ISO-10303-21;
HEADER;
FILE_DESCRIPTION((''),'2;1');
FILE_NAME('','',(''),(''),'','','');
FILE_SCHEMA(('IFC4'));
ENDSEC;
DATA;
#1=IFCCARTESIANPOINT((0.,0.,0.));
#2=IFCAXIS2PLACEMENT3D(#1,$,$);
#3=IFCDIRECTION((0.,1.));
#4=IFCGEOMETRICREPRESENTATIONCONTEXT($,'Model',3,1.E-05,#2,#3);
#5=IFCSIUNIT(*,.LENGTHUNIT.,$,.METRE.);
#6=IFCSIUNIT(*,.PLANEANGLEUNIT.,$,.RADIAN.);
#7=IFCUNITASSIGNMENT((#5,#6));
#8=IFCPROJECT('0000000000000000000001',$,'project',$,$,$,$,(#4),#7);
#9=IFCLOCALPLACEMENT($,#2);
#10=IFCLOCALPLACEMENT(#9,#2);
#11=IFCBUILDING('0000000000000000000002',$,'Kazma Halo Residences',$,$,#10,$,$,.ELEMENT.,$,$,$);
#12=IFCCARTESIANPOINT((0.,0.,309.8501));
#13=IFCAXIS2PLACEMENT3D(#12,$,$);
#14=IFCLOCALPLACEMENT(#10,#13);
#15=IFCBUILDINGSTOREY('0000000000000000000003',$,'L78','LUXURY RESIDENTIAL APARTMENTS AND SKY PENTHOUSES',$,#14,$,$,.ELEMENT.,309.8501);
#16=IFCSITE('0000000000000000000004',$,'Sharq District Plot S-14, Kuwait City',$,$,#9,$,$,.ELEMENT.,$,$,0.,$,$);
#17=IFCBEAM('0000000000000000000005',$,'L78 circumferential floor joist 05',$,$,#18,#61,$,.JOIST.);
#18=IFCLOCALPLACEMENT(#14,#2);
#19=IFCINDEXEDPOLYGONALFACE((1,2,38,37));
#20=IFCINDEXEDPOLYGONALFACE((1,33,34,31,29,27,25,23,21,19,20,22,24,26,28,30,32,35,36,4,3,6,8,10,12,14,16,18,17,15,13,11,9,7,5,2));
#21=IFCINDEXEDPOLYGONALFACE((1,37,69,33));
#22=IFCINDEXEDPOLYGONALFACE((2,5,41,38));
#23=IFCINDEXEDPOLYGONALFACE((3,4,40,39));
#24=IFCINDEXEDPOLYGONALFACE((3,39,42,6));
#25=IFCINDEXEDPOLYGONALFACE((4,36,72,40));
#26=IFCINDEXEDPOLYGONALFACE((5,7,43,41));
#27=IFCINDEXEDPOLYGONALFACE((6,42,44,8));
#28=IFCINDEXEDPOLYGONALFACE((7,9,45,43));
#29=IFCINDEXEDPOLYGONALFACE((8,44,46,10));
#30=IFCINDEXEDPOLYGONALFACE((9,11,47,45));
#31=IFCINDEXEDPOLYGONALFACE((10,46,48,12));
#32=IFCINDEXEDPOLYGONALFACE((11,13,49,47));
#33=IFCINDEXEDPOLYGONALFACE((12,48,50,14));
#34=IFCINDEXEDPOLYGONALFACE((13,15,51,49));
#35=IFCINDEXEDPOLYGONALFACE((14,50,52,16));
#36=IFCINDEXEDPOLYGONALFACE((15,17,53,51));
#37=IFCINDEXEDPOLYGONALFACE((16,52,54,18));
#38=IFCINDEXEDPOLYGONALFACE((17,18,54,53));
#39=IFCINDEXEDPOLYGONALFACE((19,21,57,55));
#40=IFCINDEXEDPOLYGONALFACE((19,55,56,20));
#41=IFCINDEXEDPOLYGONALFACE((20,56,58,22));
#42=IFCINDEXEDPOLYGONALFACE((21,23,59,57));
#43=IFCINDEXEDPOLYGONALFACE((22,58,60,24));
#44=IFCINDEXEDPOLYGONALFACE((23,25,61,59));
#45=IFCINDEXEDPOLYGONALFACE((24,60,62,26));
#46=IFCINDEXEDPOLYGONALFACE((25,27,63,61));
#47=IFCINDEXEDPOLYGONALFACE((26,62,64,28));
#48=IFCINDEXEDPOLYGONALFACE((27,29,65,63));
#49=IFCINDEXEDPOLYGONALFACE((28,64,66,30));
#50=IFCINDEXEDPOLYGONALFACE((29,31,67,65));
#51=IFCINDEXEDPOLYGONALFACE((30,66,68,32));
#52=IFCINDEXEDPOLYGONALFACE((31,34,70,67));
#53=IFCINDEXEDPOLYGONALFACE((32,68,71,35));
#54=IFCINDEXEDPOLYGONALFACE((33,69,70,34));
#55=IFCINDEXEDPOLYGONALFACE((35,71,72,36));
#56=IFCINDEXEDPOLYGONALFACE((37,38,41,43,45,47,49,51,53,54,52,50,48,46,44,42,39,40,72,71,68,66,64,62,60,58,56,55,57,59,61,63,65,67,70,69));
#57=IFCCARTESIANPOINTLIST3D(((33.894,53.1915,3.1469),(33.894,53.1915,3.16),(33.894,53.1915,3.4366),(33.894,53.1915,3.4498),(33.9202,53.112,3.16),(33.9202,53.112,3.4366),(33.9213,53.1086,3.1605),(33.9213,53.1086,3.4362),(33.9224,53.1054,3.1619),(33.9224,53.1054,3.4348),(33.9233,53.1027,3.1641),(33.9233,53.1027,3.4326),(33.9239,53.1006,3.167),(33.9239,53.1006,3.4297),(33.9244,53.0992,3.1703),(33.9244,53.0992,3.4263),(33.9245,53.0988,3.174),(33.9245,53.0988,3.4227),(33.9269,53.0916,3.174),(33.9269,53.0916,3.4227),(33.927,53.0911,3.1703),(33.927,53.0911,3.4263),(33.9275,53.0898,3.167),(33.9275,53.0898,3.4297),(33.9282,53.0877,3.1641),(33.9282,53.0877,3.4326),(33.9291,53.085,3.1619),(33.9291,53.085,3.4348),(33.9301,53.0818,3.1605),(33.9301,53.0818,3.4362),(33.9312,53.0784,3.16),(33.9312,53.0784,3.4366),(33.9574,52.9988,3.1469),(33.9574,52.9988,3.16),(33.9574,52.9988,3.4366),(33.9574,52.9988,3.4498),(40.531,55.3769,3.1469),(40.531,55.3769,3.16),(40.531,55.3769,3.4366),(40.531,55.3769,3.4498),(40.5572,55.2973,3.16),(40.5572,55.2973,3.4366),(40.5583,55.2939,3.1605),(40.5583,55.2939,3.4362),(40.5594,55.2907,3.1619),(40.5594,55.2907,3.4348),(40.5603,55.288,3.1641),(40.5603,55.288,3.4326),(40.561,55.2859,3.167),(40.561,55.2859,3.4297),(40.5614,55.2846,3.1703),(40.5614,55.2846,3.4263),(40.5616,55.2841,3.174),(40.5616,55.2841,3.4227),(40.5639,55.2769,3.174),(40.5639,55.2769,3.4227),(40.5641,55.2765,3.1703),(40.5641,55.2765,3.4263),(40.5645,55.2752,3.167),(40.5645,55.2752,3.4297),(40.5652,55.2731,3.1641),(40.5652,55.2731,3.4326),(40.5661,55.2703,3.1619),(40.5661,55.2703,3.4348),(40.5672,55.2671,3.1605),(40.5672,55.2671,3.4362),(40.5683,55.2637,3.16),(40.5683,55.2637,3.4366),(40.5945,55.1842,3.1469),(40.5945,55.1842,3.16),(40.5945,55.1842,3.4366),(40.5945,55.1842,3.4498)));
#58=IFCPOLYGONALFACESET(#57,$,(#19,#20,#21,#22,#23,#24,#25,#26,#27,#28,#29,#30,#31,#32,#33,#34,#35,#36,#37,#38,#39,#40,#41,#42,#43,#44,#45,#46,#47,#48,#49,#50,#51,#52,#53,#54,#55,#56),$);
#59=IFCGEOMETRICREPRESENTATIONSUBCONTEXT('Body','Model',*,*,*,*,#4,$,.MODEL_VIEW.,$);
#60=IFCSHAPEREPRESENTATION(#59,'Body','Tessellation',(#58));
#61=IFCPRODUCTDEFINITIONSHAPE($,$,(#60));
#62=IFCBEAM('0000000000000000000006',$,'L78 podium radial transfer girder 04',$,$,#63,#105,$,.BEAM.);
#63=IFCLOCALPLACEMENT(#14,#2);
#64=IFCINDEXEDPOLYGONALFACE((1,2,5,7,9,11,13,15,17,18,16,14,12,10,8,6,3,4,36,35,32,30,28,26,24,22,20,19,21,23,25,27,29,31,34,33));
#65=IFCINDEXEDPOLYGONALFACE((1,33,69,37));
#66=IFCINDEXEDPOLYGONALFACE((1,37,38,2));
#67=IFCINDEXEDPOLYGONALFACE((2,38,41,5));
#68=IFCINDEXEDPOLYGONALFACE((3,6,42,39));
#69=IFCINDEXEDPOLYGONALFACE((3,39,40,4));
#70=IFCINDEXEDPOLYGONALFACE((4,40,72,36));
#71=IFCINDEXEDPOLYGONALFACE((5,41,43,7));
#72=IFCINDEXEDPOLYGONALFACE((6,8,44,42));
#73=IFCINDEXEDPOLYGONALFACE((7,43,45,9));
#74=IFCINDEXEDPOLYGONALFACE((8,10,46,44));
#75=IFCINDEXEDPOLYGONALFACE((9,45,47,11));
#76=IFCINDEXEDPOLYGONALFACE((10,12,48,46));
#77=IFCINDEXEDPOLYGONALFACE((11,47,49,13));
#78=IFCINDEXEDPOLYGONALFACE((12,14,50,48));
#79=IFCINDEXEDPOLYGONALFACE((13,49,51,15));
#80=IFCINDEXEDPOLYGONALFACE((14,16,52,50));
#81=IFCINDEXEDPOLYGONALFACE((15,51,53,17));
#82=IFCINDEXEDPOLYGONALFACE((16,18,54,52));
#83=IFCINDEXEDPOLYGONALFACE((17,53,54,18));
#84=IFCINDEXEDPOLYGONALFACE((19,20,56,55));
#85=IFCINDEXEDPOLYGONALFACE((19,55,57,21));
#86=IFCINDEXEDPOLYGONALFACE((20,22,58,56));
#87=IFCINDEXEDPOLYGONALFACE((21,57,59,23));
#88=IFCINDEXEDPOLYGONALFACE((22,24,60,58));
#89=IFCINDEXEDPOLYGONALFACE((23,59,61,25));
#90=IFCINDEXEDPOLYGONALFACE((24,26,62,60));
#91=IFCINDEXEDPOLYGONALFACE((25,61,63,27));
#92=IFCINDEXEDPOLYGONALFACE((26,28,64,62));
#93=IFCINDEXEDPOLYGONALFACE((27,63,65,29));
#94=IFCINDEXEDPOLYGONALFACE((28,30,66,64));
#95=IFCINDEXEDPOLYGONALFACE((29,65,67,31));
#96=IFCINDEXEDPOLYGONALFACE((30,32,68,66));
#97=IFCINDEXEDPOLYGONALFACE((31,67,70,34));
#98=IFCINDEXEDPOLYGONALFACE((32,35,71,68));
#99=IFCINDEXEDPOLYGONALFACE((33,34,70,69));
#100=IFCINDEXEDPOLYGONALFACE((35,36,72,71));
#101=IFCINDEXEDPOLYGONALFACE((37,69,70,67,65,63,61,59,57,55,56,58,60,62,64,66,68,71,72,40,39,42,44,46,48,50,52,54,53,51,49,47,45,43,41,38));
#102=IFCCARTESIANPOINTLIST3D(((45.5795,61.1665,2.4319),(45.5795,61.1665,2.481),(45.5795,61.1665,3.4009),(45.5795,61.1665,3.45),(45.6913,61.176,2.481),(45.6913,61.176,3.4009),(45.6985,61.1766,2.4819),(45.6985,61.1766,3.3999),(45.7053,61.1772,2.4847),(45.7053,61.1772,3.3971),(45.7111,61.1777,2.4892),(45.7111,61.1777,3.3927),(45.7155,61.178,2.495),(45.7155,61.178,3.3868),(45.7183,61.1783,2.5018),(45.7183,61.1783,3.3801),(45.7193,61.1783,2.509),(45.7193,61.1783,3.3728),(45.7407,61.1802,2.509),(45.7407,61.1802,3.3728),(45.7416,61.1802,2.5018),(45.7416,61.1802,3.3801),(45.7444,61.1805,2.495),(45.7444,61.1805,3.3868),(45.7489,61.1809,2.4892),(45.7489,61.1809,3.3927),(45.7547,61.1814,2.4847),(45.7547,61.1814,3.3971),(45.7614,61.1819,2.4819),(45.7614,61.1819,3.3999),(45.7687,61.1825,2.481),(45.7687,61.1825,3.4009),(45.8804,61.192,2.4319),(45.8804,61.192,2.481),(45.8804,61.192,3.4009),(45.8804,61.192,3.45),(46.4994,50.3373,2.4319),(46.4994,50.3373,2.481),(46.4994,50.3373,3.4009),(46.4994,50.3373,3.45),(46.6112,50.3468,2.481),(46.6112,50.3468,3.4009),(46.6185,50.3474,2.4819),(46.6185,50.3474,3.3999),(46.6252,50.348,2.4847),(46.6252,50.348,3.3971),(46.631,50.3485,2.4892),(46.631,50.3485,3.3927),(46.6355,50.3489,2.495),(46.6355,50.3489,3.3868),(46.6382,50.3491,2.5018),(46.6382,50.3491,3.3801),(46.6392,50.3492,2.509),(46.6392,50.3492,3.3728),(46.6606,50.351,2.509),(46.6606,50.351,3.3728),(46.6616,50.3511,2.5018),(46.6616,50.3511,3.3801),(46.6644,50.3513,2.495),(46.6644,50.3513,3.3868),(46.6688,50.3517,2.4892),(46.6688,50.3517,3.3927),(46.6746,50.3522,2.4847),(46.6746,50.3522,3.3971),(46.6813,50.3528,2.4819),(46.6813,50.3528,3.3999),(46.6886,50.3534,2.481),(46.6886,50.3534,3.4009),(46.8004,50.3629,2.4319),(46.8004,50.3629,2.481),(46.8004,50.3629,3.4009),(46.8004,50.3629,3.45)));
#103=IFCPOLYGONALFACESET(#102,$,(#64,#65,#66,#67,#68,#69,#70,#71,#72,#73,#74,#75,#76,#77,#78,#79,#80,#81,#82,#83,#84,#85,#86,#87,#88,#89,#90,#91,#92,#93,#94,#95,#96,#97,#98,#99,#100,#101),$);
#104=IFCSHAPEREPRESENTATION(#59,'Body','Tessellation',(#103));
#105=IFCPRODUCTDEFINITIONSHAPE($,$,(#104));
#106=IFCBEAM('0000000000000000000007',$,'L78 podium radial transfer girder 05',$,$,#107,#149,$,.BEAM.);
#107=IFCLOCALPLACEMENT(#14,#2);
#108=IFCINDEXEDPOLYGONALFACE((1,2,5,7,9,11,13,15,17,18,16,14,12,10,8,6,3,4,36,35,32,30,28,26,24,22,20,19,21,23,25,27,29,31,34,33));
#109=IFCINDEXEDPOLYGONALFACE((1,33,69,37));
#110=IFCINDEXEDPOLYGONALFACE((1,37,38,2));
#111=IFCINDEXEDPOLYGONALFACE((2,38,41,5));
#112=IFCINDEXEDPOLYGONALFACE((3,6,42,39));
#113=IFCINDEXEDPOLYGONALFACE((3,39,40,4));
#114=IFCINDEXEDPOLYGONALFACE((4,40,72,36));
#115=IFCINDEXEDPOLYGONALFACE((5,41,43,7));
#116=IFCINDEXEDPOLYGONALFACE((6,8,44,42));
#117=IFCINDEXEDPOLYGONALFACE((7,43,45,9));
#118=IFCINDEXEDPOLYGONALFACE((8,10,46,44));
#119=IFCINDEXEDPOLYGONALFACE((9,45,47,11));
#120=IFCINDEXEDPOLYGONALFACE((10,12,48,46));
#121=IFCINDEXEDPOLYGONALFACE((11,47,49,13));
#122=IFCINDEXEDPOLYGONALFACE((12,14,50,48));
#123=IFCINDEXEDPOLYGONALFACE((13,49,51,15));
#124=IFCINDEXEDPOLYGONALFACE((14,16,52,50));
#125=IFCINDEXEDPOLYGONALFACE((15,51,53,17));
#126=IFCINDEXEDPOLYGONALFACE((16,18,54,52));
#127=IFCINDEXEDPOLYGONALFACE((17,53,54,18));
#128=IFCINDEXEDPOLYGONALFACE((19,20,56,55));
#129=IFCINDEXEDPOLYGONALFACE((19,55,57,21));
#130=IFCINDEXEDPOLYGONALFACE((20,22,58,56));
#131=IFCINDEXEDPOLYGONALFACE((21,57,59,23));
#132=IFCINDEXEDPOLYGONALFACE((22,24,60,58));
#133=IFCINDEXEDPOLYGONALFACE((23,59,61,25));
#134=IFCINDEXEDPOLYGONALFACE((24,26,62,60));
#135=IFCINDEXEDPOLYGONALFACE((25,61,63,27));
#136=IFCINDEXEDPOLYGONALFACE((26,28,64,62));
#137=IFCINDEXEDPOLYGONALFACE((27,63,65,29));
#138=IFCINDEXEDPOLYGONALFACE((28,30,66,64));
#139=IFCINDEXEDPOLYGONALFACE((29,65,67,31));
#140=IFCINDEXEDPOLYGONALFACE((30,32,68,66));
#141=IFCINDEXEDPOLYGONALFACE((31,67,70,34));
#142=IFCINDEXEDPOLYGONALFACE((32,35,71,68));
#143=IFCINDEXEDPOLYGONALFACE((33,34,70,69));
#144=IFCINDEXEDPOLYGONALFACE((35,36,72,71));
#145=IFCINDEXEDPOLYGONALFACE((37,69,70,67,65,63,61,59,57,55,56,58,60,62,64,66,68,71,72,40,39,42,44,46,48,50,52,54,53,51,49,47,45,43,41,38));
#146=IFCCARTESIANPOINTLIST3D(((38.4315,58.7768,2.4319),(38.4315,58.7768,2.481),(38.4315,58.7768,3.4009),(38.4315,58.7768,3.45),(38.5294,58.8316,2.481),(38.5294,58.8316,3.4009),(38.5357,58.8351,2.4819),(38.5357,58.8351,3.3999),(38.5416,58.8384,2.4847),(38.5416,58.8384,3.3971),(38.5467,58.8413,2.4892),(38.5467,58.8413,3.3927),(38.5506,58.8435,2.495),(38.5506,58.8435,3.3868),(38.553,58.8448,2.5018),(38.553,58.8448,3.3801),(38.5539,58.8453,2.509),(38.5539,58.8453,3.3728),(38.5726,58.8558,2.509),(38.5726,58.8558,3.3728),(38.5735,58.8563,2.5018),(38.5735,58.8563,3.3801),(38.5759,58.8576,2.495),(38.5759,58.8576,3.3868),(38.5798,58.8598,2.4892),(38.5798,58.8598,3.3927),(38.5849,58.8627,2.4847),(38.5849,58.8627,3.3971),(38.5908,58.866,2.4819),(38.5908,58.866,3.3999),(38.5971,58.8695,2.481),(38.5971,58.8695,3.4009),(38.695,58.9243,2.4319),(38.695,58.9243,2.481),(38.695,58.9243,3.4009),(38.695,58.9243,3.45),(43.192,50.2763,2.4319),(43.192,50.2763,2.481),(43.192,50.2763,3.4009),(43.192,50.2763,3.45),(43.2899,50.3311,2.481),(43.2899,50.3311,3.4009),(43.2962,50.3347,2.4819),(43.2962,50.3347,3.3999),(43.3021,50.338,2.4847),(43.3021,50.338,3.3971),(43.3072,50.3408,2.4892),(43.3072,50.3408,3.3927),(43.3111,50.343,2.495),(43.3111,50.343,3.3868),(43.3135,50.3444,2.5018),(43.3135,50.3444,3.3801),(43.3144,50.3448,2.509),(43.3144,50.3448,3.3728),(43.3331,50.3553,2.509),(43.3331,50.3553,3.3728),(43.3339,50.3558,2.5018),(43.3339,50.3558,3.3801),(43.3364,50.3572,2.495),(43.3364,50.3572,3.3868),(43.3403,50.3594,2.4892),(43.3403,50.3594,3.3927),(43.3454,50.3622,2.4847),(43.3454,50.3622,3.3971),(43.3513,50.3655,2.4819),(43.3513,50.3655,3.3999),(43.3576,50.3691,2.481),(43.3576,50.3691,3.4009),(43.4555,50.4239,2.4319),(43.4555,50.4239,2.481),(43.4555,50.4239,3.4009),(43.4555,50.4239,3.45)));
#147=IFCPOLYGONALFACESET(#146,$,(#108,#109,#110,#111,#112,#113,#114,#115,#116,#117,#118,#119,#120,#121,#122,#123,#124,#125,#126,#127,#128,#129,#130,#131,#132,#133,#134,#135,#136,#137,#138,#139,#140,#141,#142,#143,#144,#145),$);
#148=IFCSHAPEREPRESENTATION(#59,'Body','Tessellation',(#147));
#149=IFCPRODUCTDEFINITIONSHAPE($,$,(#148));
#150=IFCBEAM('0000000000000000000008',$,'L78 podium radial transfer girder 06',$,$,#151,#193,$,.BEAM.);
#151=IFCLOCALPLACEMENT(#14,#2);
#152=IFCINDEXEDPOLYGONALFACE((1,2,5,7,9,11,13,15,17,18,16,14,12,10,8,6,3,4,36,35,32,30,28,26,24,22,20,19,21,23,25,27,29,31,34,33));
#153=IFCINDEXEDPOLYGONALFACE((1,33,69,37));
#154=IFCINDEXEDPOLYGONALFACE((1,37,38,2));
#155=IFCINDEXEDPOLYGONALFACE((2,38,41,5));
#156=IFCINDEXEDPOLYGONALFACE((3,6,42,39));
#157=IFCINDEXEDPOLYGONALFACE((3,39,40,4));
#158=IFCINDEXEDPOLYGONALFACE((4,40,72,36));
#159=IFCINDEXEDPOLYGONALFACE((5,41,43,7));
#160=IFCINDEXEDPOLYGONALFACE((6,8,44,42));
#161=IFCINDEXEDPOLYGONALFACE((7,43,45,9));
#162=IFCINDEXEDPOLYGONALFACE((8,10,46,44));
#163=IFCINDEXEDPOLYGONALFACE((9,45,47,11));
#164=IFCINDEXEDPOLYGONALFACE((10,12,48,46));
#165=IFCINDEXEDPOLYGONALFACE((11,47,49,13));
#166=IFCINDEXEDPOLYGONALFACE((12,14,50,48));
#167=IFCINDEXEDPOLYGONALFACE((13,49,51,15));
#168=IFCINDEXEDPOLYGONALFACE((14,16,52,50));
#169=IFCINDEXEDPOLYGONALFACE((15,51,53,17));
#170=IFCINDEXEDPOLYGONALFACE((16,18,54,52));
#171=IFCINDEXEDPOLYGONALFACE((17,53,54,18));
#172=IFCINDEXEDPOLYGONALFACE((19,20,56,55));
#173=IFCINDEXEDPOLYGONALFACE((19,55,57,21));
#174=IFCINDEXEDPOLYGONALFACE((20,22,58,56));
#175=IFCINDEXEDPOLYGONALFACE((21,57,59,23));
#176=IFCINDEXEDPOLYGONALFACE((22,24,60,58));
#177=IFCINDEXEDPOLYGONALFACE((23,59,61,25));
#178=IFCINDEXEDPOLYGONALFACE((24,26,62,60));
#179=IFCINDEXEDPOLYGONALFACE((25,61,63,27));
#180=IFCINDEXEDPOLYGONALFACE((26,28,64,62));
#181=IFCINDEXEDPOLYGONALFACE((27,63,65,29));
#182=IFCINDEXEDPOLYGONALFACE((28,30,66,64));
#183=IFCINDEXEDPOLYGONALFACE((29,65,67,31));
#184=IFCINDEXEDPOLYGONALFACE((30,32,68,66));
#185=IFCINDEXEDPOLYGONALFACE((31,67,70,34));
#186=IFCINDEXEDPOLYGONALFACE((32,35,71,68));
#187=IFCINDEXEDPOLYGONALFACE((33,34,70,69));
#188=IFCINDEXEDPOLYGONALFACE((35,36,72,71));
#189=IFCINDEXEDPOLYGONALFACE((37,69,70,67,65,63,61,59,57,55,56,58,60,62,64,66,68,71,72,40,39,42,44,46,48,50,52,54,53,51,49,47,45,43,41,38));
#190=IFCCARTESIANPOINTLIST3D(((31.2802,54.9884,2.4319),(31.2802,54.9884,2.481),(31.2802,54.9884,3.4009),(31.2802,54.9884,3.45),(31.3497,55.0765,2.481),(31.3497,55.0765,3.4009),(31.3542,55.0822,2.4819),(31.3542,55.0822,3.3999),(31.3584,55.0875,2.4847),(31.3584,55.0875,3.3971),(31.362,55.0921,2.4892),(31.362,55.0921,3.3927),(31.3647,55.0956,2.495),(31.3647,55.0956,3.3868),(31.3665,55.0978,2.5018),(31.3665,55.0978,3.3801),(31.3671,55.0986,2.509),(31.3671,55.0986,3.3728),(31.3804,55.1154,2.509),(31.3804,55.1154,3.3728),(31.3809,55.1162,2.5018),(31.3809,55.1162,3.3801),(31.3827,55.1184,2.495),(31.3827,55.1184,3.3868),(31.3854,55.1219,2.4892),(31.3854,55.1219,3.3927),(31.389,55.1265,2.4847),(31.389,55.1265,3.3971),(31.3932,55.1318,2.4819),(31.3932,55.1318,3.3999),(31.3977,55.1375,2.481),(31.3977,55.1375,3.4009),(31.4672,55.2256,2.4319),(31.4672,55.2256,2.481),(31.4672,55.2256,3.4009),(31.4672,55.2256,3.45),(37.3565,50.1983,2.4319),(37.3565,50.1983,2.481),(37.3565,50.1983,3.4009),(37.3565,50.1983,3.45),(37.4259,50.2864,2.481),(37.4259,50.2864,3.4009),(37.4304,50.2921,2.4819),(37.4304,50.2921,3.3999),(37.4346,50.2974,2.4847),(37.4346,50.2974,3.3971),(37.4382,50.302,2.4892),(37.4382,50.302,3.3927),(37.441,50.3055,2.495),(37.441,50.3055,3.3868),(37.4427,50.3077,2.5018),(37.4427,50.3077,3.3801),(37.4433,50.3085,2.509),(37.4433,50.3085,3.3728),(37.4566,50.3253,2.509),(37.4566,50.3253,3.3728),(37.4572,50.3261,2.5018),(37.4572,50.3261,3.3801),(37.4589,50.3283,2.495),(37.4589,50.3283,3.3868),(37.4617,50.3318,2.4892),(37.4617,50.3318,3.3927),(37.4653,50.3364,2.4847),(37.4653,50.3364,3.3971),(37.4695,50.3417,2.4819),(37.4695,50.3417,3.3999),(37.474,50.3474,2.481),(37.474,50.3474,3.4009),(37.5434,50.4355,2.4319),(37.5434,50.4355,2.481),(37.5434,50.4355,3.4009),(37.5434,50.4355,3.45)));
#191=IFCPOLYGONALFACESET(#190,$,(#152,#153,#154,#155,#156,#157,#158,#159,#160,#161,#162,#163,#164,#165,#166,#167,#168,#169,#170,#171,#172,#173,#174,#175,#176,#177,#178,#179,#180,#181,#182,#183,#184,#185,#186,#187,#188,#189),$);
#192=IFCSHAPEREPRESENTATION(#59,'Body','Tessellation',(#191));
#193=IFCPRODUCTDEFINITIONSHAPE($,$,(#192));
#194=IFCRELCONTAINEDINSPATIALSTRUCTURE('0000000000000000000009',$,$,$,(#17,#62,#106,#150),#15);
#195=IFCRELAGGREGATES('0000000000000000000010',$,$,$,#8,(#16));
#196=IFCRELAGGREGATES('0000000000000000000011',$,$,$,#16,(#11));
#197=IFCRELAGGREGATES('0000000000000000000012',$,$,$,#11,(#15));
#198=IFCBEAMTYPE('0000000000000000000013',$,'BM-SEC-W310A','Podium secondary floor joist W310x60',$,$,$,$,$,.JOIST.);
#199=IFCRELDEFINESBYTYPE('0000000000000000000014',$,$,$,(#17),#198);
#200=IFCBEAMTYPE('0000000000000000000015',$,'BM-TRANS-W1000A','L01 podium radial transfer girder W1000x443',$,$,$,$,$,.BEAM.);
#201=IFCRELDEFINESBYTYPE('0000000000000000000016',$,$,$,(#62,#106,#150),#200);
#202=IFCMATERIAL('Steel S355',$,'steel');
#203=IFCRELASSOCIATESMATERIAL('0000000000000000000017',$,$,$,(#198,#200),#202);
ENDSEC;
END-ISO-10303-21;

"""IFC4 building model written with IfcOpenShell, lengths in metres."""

from ifc_helpers import new_model, si_unit, direction, frame, origin, origin_2d, place, context, subcontext, project, spatial, i_section, extrude, material, material_profile, profile_set, type_object, element, save


model = new_model("IFC4")

# Units and contexts
model_context = context("Model", 3, precision=1e-05, world=origin(), true_north=direction((0.0, 1.0)))
body_context = subcontext(model_context, "Body", "Model", "MODEL_VIEW")
ifc_project = project(units=[si_unit("LENGTHUNIT", "METRE"), si_unit("PLANEANGLEUNIT", "RADIAN")], contexts=[model_context])

# Site, building, storey
site_placement = place(None, origin())
site = spatial("IfcSite", under=ifc_project, at=site_placement, Name="Sharq District Plot S-14, Kuwait City", CompositionType="ELEMENT", RefElevation=0.0)
building_placement = place(site_placement, origin())
building = spatial("IfcBuilding", under=site, at=building_placement, Name="Kazma Halo Residences", CompositionType="ELEMENT")
storey_placement = place(building_placement, frame((0.0, 0.0, 309.8501)))
storey = spatial("IfcBuildingStorey", under=building, at=storey_placement, Name="L78", Description="LUXURY RESIDENTIAL APARTMENTS AND SKY PENTHOUSES", CompositionType="ELEMENT", Elevation=309.8501)

# Beams
ifc_material_1 = material(Name="Steel S355", Category="steel")
ifc_material_profile_1 = material_profile(ifc_material_1, i_section(OverallWidth=0.2029, OverallDepth=0.303, WebThickness=0.0076, FlangeThickness=0.0132, FilletRadius=0.0139, at=origin_2d()), Name="W310x60")
ifc_profile_set_1 = profile_set([ifc_material_profile_1], Name="Steel S355")
beam_type_1 = type_object("IfcBeamType", Name="BM-SEC-W310A", Description="Podium secondary floor joist W310x60", PredefinedType="JOIST", material=ifc_profile_set_1)
beam_1_placement = place(storey_placement, frame((40.5627, 55.2805, 3.2983), z_axis=(-0.949837, -0.312746, 0.0), x_axis=(0.312746, -0.949837, 0.0)))
element("IfcBeam", 1, at=beam_1_placement, inside=storey, type_object=beam_type_1, Name="L78 circumferential floor joist 05", PredefinedType="JOIST", context=body_context, shape_type="SweptSolid", body=[
    extrude(i_section(OverallWidth=0.2029, OverallDepth=0.303, WebThickness=0.0076, FlangeThickness=0.0132, FilletRadius=0.0139, at=origin_2d()), origin(), (0.0, 0.0, 1.0), 6.9875),
])
ifc_material_profile_2 = material_profile(ifc_material_1, i_section(OverallWidth=0.302, OverallDepth=1.0181, WebThickness=0.0215, FlangeThickness=0.0491, FilletRadius=0.0281, at=origin_2d()), Name="W1000x443")
ifc_profile_set_2 = profile_set([ifc_material_profile_2], Name="Steel S355")
beam_type_2 = type_object("IfcBeamType", Name="BM-TRANS-W1000A", Description="L01 podium radial transfer girder W1000x443", PredefinedType="BEAM", material=ifc_profile_set_2)
beam_2_placement = place(storey_placement, frame((46.6499, 50.3501, 2.9409), z_axis=(-0.084644, 0.996411, 0.0), x_axis=(-0.996411, -0.084644, 0.0)))
element("IfcBeam", 2, at=beam_2_placement, inside=storey, type_object=beam_type_2, Name="L78 podium radial transfer girder 04", PredefinedType="BEAM", context=body_context, shape_type="SweptSolid", body=[
    extrude(i_section(OverallWidth=0.302, OverallDepth=1.0181, WebThickness=0.0215, FlangeThickness=0.0491, FilletRadius=0.0281, at=origin_2d()), origin(), (0.0, 0.0, 1.0), 10.8682),
])
beam_3_placement = place(storey_placement, frame((43.3237, 50.3501, 2.9409), z_axis=(-0.488621, 0.872496, 0.0), x_axis=(-0.872496, -0.488621, 0.0)))
element("IfcBeam", 3, at=beam_3_placement, inside=storey, type_object=beam_type_2, Name="L78 podium radial transfer girder 05", PredefinedType="BEAM", context=body_context, shape_type="SweptSolid", body=[
    extrude(i_section(OverallWidth=0.302, OverallDepth=1.0181, WebThickness=0.0215, FlangeThickness=0.0491, FilletRadius=0.0281, at=origin_2d()), origin(), (0.0, 0.0, 1.0), 9.7427),
])
beam_4_placement = place(storey_placement, frame((37.45, 50.3169, 2.9409), z_axis=(-0.785319, 0.619092, 0.0), x_axis=(-0.619092, -0.785319, 0.0)))
element("IfcBeam", 4, at=beam_4_placement, inside=storey, type_object=beam_type_2, Name="L78 podium radial transfer girder 06", PredefinedType="BEAM", context=body_context, shape_type="SweptSolid", body=[
    extrude(i_section(OverallWidth=0.302, OverallDepth=1.0181, WebThickness=0.0215, FlangeThickness=0.0491, FilletRadius=0.0281, at=origin_2d()), origin(), (0.0, 0.0, 1.0), 7.7373),
])

save(model, "model.ifc")
